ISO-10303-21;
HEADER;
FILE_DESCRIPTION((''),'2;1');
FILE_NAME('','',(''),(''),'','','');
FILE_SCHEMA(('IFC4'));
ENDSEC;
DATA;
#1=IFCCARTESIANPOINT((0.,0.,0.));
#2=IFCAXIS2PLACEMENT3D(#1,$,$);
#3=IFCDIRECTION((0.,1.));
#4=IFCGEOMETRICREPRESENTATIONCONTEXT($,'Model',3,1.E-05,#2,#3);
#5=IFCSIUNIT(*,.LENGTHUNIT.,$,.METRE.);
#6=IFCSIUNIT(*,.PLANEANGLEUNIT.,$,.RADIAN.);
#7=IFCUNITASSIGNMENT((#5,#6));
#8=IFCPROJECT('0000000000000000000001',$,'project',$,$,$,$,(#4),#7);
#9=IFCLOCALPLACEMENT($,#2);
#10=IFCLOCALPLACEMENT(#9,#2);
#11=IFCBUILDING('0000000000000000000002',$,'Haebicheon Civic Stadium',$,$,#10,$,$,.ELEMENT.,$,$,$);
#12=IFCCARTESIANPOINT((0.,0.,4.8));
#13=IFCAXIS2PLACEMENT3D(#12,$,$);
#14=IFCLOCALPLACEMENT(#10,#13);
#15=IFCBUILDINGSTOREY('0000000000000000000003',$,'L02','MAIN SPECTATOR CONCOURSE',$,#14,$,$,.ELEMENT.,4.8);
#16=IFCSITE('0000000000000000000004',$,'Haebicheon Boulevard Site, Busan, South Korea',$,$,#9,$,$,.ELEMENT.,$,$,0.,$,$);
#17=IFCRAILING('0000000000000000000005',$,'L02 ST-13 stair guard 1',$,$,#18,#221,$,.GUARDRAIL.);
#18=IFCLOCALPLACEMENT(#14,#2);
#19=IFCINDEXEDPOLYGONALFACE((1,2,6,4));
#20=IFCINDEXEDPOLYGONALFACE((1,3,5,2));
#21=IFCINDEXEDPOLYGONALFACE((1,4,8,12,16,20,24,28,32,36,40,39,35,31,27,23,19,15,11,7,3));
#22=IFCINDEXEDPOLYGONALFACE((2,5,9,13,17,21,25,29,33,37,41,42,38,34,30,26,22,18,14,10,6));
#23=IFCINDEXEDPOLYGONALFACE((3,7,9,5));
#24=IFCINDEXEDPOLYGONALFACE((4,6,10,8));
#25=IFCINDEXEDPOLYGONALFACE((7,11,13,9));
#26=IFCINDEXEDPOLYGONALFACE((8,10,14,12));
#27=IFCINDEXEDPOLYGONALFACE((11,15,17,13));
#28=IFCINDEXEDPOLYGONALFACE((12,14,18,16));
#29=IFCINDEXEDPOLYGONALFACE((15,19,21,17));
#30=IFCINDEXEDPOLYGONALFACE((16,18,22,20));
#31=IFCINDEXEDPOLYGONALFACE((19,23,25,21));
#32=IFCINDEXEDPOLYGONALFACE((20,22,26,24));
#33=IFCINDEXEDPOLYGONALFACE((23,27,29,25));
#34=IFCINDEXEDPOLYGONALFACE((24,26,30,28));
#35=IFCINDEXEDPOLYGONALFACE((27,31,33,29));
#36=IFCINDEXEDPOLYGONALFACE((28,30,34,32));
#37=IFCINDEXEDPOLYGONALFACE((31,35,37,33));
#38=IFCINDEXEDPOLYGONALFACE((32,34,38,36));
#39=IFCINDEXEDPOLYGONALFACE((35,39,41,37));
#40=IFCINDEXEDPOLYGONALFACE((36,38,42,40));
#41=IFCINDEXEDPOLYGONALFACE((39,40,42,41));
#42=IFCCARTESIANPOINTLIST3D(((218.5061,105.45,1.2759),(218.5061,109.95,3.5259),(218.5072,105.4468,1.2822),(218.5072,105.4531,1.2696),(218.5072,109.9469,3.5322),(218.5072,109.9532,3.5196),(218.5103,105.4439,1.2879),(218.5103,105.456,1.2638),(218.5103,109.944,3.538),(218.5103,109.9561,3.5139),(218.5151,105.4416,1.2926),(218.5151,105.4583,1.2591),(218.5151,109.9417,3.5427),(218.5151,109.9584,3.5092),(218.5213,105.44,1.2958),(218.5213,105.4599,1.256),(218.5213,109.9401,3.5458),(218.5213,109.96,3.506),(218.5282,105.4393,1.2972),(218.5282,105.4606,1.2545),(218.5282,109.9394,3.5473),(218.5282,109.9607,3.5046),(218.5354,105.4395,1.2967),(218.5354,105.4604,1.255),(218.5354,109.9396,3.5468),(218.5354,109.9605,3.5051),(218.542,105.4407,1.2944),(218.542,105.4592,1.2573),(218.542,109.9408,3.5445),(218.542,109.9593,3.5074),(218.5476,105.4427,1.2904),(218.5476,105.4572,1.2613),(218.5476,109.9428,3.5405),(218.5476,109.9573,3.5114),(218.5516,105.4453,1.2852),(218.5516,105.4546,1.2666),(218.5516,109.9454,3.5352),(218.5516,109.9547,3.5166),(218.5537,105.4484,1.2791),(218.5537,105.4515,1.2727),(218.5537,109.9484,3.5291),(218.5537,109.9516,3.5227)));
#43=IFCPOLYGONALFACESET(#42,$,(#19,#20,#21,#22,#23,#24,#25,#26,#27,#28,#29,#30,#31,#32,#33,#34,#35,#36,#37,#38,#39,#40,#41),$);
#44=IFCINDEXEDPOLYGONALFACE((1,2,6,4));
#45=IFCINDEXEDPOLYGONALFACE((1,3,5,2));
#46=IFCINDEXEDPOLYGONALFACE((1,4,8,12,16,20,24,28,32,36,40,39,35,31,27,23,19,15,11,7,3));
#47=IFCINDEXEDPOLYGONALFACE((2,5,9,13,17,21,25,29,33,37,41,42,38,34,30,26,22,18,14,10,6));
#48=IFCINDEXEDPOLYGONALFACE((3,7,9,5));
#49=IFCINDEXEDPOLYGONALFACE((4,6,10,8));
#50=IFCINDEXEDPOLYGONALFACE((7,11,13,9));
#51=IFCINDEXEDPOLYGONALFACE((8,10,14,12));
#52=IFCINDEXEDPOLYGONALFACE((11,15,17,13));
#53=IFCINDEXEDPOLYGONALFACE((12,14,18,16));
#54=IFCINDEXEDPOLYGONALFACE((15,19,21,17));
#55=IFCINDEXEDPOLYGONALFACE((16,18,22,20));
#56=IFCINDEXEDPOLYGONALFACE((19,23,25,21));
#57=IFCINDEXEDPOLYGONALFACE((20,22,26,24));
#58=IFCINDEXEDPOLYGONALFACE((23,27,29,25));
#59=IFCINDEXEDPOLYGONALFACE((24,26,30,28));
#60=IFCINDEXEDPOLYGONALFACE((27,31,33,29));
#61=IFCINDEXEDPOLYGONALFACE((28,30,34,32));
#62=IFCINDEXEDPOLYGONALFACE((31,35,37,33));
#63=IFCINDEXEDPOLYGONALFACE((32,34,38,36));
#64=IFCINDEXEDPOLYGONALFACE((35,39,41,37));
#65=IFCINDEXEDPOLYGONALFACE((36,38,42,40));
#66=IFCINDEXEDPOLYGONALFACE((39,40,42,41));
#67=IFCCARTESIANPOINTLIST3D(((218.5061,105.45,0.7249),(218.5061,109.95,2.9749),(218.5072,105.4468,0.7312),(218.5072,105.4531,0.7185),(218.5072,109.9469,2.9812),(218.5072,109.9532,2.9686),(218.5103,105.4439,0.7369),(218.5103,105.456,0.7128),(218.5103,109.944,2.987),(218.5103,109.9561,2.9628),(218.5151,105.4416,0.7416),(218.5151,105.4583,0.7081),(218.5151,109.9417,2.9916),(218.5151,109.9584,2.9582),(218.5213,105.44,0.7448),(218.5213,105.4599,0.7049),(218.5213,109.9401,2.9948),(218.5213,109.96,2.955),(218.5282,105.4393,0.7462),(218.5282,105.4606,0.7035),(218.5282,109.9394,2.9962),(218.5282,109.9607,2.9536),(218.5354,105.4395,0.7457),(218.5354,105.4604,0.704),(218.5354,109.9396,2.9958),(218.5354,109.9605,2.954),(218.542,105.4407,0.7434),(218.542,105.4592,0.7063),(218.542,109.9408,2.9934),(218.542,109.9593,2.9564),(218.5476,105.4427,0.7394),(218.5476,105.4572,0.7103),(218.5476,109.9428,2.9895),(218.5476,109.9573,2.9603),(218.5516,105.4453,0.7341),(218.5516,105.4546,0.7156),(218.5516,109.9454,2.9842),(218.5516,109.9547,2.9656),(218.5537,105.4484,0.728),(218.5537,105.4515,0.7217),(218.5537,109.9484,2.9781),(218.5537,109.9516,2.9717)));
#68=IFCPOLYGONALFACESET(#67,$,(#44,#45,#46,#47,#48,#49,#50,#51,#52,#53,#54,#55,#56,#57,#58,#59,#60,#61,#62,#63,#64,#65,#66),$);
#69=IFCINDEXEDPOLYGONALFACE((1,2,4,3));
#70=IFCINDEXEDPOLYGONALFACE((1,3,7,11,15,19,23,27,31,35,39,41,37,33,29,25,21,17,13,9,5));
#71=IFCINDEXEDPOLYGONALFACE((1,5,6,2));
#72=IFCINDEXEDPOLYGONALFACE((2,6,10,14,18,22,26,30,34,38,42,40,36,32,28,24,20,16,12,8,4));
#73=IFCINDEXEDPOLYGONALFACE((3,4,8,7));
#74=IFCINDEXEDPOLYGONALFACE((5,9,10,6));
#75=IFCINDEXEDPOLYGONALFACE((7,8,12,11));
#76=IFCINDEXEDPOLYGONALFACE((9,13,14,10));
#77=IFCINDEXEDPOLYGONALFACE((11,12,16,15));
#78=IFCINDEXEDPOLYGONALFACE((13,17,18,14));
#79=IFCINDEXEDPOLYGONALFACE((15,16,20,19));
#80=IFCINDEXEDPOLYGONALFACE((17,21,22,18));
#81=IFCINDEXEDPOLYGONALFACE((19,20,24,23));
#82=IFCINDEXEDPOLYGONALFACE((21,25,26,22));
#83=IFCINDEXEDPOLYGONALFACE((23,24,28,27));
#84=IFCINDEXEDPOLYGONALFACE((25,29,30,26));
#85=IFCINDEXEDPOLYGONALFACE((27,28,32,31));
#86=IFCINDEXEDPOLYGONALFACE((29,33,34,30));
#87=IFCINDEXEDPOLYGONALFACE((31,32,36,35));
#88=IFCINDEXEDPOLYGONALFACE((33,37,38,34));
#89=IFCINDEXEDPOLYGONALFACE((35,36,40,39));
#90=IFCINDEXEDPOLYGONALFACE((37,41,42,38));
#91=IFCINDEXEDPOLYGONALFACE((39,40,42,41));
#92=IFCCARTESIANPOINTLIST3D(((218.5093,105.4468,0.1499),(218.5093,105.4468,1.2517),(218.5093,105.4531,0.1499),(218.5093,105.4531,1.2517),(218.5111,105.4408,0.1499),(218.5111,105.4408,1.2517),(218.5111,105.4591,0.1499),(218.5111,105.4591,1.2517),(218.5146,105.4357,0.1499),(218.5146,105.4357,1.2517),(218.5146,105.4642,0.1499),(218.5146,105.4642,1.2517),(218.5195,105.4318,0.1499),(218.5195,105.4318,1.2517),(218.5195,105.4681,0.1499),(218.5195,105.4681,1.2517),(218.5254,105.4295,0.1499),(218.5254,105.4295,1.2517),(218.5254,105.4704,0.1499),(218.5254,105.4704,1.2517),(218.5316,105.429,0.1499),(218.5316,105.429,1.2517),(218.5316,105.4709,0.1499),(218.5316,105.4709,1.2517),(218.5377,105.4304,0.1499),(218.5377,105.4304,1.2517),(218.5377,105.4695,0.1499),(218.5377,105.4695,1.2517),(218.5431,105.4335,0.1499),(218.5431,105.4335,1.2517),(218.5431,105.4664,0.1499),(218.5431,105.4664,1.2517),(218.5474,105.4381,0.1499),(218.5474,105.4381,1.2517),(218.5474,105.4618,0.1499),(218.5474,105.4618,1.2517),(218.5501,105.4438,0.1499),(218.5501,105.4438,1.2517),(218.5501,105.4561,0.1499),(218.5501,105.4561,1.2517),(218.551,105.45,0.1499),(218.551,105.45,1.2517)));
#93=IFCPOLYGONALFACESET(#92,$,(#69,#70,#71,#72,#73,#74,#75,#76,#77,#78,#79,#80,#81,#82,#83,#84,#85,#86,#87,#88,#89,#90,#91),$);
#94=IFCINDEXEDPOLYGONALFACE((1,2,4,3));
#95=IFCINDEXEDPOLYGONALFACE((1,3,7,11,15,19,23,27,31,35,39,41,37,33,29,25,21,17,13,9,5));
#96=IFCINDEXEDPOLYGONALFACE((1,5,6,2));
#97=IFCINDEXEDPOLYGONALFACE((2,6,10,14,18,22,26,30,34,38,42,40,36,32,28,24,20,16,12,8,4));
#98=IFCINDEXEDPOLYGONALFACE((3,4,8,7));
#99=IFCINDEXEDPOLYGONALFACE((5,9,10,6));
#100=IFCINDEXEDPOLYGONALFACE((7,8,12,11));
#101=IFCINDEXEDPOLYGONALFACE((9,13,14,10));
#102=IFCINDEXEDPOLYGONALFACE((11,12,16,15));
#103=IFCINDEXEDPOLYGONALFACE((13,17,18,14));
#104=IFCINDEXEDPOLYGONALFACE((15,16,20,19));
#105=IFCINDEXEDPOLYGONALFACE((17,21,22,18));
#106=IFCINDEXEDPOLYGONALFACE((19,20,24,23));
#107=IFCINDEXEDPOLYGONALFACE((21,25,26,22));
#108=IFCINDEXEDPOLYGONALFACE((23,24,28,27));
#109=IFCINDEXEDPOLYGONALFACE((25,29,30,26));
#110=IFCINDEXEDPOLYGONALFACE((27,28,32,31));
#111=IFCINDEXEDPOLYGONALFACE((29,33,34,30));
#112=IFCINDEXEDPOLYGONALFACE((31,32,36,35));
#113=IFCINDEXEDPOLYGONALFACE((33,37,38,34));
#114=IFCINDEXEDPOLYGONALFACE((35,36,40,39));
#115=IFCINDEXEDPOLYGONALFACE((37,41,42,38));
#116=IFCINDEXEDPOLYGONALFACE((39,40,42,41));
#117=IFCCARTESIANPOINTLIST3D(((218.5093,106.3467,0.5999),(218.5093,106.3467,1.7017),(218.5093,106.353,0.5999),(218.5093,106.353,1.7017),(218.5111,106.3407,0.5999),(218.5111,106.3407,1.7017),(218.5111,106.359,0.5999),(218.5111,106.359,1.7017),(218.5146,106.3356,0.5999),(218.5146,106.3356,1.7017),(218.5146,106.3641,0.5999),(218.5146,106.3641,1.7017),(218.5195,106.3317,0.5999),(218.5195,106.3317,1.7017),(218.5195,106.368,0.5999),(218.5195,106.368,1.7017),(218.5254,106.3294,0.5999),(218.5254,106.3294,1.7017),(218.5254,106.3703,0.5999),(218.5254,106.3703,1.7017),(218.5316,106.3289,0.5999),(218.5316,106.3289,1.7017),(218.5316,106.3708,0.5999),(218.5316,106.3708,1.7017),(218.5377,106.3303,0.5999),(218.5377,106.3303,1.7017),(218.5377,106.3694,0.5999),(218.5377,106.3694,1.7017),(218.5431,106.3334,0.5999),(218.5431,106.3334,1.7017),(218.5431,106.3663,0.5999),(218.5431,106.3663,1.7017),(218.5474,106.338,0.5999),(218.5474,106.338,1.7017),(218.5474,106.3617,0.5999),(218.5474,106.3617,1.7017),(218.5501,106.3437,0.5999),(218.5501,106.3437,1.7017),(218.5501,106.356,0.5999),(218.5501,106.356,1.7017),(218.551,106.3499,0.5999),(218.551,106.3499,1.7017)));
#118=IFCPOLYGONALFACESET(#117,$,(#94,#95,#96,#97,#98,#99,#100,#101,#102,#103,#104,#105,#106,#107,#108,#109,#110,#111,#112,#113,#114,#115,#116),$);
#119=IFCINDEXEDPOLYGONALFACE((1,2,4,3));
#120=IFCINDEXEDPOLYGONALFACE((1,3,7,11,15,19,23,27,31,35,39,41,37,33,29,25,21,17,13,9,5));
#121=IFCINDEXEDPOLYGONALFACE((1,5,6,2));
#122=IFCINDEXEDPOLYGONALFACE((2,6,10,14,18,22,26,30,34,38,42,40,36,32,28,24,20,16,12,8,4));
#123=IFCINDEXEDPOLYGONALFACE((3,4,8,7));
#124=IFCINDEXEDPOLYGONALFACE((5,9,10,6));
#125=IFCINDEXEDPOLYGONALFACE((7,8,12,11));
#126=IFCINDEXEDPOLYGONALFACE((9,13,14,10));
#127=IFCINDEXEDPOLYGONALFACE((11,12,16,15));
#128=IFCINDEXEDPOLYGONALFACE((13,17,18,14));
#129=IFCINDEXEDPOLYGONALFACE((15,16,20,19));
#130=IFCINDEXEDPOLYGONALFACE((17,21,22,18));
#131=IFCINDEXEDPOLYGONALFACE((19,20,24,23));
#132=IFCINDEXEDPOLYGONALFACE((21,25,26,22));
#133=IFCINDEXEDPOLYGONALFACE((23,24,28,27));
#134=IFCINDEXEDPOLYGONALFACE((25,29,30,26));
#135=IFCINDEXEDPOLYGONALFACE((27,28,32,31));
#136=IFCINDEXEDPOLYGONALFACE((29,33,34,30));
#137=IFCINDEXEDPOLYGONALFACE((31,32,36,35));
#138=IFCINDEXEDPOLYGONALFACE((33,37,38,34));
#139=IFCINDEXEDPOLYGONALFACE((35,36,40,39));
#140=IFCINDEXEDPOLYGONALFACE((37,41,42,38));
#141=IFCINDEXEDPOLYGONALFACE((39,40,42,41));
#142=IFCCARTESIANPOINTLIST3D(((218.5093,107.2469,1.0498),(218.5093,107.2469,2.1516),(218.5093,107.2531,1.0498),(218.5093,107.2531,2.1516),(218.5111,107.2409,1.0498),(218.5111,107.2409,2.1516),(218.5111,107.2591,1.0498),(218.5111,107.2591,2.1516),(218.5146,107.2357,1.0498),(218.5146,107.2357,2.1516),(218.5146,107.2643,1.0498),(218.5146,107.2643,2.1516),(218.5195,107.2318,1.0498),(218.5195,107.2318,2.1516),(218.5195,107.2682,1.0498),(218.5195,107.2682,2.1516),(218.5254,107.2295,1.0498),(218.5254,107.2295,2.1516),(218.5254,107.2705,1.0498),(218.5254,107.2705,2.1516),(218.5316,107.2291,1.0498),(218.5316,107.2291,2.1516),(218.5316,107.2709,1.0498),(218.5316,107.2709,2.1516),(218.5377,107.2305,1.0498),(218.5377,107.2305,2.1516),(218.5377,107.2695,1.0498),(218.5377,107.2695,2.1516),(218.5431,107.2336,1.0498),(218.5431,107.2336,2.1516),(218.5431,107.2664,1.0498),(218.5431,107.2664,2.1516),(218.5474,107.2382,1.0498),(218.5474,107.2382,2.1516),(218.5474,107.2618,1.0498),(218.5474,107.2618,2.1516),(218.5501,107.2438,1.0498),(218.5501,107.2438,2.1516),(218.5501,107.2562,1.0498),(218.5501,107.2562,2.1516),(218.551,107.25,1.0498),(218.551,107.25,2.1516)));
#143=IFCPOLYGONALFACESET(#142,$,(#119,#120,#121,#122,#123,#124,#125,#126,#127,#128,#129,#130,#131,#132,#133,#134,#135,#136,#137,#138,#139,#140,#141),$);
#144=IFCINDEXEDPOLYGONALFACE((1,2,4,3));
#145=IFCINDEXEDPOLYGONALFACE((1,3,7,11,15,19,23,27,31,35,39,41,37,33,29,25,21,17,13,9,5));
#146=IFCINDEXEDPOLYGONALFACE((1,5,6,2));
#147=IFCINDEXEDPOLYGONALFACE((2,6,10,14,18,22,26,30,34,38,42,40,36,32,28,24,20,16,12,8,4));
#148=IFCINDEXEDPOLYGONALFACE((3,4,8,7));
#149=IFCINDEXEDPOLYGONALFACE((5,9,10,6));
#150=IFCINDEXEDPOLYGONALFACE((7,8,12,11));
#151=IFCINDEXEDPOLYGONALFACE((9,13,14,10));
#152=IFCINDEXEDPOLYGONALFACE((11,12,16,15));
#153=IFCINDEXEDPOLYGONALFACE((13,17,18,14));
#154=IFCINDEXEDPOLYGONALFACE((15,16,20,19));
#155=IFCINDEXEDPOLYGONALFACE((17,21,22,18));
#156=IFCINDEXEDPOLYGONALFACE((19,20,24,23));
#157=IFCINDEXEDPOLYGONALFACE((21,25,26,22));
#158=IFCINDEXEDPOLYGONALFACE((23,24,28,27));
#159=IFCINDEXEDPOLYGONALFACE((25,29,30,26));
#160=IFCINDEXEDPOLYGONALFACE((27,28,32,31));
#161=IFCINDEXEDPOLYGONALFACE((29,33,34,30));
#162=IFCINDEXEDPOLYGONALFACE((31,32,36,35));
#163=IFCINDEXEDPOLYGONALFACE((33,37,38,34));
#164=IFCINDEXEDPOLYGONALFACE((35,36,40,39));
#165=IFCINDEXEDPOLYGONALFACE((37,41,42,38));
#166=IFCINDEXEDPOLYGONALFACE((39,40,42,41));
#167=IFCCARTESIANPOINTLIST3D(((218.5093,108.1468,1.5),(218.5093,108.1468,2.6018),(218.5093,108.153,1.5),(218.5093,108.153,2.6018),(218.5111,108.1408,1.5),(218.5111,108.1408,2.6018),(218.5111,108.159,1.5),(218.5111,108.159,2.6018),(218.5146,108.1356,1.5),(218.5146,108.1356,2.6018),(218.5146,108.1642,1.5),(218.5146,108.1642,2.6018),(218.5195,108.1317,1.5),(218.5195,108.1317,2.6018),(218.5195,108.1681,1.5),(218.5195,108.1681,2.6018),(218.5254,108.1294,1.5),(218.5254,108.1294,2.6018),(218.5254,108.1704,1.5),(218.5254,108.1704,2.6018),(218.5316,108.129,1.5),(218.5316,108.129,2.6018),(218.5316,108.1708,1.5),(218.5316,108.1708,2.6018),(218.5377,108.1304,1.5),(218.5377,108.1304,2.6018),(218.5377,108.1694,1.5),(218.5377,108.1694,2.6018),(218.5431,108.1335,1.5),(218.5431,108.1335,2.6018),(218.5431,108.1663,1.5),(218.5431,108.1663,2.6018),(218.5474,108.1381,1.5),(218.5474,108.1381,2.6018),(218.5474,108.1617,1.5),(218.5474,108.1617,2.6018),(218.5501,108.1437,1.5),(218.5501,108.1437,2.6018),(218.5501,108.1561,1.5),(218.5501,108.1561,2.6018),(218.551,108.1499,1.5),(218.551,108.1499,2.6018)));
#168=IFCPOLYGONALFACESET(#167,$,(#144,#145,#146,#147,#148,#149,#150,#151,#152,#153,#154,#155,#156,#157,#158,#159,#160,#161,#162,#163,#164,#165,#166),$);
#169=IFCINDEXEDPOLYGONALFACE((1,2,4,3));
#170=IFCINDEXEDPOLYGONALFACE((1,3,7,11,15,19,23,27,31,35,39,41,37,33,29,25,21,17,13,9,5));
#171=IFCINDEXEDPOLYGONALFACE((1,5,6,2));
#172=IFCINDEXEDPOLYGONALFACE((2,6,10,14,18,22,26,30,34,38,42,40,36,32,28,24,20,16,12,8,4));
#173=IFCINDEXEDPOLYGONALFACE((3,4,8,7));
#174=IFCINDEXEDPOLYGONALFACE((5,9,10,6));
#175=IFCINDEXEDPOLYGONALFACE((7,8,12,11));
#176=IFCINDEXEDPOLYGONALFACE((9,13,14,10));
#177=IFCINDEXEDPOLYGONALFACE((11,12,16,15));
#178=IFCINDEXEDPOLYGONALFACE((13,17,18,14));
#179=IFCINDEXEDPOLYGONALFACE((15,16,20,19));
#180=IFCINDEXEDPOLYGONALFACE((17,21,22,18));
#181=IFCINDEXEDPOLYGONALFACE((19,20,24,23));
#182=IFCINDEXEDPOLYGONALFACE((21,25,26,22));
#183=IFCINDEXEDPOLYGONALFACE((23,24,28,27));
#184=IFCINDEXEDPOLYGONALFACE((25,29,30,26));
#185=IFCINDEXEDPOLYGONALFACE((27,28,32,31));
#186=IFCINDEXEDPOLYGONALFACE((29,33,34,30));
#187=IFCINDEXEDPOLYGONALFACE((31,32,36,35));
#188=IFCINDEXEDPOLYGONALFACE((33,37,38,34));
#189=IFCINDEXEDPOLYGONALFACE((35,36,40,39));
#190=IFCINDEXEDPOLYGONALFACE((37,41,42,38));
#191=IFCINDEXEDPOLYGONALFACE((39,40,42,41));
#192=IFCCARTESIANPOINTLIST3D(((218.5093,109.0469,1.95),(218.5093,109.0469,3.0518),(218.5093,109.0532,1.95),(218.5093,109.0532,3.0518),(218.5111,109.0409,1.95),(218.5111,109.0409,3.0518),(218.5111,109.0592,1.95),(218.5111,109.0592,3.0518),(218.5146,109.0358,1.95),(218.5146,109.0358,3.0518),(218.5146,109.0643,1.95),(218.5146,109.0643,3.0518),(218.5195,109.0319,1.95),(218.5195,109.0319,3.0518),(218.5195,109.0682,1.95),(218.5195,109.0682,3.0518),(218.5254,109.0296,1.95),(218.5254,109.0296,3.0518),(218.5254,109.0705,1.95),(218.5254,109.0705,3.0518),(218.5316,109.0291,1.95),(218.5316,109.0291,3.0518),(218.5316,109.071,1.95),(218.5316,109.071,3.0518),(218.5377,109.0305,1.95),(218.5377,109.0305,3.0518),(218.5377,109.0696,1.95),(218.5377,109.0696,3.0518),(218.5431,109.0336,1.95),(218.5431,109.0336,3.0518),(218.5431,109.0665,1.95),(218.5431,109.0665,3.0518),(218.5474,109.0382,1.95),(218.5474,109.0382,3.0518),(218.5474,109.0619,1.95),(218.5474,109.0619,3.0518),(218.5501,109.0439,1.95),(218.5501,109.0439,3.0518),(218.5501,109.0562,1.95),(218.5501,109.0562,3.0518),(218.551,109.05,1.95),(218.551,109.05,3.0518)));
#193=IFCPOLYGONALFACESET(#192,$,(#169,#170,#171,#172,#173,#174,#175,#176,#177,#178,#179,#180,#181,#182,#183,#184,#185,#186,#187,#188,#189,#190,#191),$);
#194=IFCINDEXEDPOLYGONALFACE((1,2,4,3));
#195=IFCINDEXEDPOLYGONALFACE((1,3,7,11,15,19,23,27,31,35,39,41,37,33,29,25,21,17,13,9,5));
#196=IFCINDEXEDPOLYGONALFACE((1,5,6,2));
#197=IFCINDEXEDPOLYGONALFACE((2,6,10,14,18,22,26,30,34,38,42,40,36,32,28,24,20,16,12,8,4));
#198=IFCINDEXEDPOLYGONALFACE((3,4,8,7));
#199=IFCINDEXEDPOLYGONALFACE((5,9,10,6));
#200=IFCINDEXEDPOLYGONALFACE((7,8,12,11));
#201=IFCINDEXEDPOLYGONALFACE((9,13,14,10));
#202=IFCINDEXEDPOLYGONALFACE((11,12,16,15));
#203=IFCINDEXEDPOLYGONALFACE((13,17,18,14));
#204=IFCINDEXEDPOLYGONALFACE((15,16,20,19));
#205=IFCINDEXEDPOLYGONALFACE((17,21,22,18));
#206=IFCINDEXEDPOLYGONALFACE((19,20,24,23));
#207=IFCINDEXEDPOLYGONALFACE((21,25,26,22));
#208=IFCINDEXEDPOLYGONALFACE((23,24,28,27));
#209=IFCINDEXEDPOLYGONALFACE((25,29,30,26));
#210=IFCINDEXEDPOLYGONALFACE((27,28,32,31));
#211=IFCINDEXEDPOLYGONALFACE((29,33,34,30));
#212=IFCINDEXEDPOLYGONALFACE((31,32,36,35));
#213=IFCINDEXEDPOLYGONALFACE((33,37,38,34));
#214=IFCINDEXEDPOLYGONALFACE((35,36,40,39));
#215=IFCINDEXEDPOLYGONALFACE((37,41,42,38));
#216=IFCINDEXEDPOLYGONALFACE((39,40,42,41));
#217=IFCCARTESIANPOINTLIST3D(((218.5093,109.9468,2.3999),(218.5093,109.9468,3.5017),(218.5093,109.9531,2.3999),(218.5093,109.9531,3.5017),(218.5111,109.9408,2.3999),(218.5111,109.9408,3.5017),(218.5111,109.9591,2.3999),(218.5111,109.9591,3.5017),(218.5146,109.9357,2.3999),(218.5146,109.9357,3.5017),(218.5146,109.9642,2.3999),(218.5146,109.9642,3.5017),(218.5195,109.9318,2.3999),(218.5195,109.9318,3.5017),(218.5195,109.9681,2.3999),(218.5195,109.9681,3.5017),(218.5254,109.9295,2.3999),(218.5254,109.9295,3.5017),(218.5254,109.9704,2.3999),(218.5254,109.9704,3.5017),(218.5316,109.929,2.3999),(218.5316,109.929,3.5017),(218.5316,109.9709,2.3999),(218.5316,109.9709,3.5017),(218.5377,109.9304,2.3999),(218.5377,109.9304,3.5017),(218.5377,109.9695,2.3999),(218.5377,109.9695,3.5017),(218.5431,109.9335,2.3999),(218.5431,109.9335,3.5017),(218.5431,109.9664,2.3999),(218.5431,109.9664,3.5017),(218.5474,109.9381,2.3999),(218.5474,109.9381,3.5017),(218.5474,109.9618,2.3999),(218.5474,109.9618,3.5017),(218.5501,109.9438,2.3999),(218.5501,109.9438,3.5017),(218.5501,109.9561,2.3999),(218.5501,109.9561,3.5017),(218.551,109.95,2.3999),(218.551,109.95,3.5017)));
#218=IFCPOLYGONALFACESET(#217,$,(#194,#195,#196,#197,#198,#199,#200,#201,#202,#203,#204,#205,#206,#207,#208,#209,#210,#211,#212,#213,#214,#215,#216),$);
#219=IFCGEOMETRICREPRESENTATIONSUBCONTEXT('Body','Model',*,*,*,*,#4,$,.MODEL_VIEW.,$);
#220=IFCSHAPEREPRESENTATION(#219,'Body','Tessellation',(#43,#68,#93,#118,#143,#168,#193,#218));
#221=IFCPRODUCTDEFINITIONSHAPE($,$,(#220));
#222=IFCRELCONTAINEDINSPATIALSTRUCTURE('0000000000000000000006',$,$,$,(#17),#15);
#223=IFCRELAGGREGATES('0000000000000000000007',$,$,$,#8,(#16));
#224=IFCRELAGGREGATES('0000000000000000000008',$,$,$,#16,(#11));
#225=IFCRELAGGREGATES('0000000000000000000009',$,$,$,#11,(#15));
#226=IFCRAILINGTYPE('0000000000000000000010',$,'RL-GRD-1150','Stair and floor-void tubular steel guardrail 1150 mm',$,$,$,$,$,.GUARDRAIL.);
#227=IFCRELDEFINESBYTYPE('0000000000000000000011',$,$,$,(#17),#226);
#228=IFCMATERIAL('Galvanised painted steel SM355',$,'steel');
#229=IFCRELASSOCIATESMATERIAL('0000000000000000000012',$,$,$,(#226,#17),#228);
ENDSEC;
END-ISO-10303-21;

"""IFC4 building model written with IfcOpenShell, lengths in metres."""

from ifc_helpers import new_model, si_unit, direction, frame, origin, origin_2d, place, context, subcontext, project, spatial, circle, extrude, material, type_object, element, save


model = new_model("IFC4")

# Units and contexts
model_context = context("Model", 3, precision=1e-05, world=origin(), true_north=direction((0.0, 1.0)))
body_context = subcontext(model_context, "Body", "Model", "MODEL_VIEW")
ifc_project = project(units=[si_unit("LENGTHUNIT", "METRE"), si_unit("PLANEANGLEUNIT", "RADIAN")], contexts=[model_context])

# Site, building, storey
site_placement = place(None, origin())
site = spatial("IfcSite", under=ifc_project, at=site_placement, Name="Haebicheon Boulevard Site, Busan, South Korea", CompositionType="ELEMENT", RefElevation=0.0)
building_placement = place(site_placement, origin())
building = spatial("IfcBuilding", under=site, at=building_placement, Name="Haebicheon Civic Stadium", CompositionType="ELEMENT")
storey_placement = place(building_placement, frame((0.0, 0.0, 4.8)))
storey = spatial("IfcBuildingStorey", under=building, at=storey_placement, Name="L02", Description="MAIN SPECTATOR CONCOURSE", CompositionType="ELEMENT", Elevation=4.8)

# Railing
ifc_material_1 = material(Name="Galvanised painted steel SM355", Category="steel")
railing_type_1 = type_object("IfcRailingType", Name="RL-GRD-1150", Description="Stair and floor-void tubular steel guardrail 1150 mm", PredefinedType="GUARDRAIL", material=ifc_material_1)
railing_1_placement = place(storey_placement, frame((218.53, 105.45, 0.1499)))
element("IfcRailing", 1, at=railing_1_placement, inside=storey, type_object=railing_type_1, material=ifc_material_1, Name="L02 ST-13 stair guard 1", PredefinedType="GUARDRAIL", context=body_context, shape_type="SweptSolid", body=[
    extrude(circle(Radius=0.0239, at=origin_2d()), frame((0.0, 0.0, 1.126), z_axis=(0.0, 0.894427, 0.447214), x_axis=(-1.0, 0.0, 0.0)), (0.0, 0.0, 1.0), 5.0312),
    extrude(circle(Radius=0.0239, at=origin_2d()), frame((0.0, 0.0, 0.575), z_axis=(0.0, 0.894427, 0.447214), x_axis=(-1.0, 0.0, 0.0)), (0.0, 0.0, 1.0), 5.0312),
    extrude(circle(Radius=0.021, at=origin_2d()), origin(), (0.0, 0.0, 1.0), 1.1018),
    extrude(circle(Radius=0.021, at=origin_2d()), frame((0.0, 0.8999, 0.45)), (0.0, 0.0, 1.0), 1.1018),
    extrude(circle(Radius=0.021, at=origin_2d()), frame((0.0, 1.8, 0.8999)), (0.0, 0.0, 1.0), 1.1018),
    extrude(circle(Radius=0.021, at=origin_2d()), frame((0.0, 2.7, 1.3501)), (0.0, 0.0, 1.0), 1.1018),
    extrude(circle(Radius=0.021, at=origin_2d()), frame((0.0, 3.6001, 1.8)), (0.0, 0.0, 1.0), 1.1018),
    extrude(circle(Radius=0.021, at=origin_2d()), frame((0.0, 4.5, 2.25)), (0.0, 0.0, 1.0), 1.1018),
])

save(model, "model.ifc")
